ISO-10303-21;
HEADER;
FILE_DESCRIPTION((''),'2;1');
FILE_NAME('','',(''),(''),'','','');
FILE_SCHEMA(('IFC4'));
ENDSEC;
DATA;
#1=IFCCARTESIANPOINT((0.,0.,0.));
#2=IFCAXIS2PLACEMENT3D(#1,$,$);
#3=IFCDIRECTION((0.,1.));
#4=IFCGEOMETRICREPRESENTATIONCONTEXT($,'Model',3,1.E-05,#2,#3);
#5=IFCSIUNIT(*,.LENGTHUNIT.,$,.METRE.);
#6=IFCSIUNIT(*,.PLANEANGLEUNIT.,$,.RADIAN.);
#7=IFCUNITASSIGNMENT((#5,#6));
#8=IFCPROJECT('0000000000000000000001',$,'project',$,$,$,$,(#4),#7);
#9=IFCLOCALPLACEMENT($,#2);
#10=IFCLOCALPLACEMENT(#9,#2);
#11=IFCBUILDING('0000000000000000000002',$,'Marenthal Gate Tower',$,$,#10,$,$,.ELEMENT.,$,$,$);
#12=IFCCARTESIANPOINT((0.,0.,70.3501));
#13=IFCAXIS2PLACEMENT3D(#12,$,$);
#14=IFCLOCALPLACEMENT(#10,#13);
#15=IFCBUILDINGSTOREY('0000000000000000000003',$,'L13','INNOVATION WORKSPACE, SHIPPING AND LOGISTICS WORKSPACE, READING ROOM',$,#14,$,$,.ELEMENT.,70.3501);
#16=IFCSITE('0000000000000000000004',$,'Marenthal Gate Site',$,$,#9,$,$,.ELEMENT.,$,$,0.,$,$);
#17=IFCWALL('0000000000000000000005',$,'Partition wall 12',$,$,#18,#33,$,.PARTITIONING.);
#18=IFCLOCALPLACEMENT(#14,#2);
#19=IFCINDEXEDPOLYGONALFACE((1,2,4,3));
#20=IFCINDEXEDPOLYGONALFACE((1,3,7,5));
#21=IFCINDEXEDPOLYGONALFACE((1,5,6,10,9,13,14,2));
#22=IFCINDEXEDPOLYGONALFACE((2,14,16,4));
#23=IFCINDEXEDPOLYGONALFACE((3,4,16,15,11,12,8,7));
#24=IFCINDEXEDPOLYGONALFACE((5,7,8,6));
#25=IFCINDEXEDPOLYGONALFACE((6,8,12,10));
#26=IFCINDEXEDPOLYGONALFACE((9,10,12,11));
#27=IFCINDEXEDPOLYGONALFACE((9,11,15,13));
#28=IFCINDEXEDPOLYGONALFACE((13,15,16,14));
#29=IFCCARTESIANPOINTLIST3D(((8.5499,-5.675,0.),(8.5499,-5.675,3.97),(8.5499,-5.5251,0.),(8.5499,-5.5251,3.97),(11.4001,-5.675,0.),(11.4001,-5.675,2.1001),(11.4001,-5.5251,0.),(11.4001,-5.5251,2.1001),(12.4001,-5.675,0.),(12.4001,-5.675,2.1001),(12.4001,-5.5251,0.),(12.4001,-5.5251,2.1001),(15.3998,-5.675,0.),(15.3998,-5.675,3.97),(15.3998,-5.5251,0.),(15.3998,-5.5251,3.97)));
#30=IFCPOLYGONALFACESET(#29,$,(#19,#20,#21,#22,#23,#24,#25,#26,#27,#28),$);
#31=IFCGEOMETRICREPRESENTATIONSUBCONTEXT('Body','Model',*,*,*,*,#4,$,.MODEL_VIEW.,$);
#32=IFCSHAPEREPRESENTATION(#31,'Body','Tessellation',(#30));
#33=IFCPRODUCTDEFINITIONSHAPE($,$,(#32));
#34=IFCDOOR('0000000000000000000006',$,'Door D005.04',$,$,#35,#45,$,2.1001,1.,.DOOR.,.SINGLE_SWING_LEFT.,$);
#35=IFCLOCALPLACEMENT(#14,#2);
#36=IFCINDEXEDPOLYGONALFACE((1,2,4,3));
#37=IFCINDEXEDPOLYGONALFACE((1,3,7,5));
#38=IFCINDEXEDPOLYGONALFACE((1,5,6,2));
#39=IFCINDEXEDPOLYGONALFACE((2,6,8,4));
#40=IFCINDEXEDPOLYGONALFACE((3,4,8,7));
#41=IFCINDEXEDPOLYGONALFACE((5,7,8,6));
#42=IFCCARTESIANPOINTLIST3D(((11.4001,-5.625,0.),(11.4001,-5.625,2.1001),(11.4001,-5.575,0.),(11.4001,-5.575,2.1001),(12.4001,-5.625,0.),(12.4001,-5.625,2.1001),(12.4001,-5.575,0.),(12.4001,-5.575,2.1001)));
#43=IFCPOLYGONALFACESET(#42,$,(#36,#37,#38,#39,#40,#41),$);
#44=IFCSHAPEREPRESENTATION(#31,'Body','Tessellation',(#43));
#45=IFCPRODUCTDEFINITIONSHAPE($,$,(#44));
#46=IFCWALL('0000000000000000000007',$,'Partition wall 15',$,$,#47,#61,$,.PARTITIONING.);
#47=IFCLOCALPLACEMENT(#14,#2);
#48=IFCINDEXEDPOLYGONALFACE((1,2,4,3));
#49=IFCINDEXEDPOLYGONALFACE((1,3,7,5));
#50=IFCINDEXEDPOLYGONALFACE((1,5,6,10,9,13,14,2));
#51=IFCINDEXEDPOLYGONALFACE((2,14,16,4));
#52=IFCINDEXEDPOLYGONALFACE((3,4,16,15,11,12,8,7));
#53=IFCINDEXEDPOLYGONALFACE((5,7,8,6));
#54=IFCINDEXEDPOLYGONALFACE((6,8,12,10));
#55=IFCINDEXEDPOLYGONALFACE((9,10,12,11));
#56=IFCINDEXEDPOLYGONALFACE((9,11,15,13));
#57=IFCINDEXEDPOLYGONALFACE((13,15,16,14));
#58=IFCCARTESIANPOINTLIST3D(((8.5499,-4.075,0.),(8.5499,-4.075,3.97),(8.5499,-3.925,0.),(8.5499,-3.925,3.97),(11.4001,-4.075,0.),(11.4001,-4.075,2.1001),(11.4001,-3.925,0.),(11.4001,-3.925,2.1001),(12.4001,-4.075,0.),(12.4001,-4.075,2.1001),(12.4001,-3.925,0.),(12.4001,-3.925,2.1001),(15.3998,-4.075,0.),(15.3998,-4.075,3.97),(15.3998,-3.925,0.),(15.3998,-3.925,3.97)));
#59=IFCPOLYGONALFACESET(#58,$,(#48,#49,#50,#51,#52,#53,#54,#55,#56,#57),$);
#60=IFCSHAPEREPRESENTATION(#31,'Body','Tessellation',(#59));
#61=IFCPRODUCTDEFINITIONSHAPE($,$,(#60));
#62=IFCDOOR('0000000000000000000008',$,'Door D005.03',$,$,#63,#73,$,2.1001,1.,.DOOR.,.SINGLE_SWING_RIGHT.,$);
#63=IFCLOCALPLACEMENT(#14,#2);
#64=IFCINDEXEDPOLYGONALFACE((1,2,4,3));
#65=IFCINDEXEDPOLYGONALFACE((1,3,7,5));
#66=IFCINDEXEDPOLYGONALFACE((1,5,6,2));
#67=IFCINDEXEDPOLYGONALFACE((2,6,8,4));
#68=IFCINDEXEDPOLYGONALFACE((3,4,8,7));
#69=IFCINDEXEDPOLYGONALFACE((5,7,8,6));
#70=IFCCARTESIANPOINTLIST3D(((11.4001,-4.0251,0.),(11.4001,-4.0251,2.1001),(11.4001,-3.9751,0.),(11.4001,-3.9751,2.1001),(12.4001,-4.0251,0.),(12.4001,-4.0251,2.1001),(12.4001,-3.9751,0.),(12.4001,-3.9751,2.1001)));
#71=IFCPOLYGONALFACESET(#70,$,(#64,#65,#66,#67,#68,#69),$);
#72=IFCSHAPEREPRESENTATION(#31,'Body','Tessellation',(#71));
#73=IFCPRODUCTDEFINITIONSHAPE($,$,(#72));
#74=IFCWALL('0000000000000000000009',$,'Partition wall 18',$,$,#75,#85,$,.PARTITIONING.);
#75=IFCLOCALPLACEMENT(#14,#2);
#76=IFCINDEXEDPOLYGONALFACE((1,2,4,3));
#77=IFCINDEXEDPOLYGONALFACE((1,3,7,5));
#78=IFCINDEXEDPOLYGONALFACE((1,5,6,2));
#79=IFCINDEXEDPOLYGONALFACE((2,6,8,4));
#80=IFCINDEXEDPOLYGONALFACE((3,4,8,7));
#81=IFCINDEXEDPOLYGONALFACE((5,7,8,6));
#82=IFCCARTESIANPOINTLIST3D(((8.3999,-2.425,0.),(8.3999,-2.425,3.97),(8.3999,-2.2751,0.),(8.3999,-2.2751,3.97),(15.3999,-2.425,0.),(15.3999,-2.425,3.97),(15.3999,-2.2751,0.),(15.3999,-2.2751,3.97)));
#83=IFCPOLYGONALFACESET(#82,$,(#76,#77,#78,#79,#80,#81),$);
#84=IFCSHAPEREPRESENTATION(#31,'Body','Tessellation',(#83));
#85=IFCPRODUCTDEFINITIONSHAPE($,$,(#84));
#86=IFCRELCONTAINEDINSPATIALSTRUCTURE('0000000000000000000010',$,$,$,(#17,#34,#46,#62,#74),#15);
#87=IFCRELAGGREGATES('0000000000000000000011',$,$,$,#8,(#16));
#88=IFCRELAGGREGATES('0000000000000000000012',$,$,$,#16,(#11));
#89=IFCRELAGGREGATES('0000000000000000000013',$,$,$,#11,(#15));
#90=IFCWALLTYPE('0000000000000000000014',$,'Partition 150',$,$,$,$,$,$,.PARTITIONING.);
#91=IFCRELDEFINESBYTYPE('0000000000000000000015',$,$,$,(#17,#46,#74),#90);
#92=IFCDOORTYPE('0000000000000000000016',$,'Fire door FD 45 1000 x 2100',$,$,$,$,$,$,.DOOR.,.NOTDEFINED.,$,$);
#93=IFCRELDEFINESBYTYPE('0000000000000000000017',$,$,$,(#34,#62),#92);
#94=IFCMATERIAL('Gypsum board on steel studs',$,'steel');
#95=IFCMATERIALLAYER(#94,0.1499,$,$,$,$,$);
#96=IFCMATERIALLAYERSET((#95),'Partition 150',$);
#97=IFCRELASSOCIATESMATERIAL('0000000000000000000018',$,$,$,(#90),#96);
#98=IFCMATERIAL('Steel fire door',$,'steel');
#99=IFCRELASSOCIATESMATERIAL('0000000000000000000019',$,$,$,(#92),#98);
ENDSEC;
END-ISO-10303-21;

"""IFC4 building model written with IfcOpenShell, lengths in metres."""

from ifc_helpers import new_model, si_unit, direction, frame, frame_2d, origin, place, context, subcontext, project, spatial, rectangle, extrude, material, layer, layer_set, type_object, element, fill, save


model = new_model("IFC4")

# Units and contexts
model_context = context("Model", 3, precision=1e-05, world=origin(), true_north=direction((0.0, 1.0)))
body_context = subcontext(model_context, "Body", "Model", "MODEL_VIEW")
ifc_project = project(units=[si_unit("LENGTHUNIT", "METRE"), si_unit("PLANEANGLEUNIT", "RADIAN")], contexts=[model_context])

# Site, building, storey
site_placement = place(None, origin())
site = spatial("IfcSite", under=ifc_project, at=site_placement, Name="Marenthal Gate Site", CompositionType="ELEMENT", RefElevation=0.0)
building_placement = place(site_placement, origin())
building = spatial("IfcBuilding", under=site, at=building_placement, Name="Marenthal Gate Tower", CompositionType="ELEMENT")
storey_placement = place(building_placement, frame((0.0, 0.0, 70.3501)))
storey = spatial("IfcBuildingStorey", under=building, at=storey_placement, Name="L13", Description="INNOVATION WORKSPACE, SHIPPING AND LOGISTICS WORKSPACE, READING ROOM", CompositionType="ELEMENT", Elevation=70.3501)

# Walls, openings, doors
ifc_material_1 = material(Name="Gypsum board on steel studs", Category="steel")
ifc_layer_1 = layer(ifc_material_1, 0.1499)
ifc_layer_set_1 = layer_set([ifc_layer_1], Name="Partition 150")
wall_type_1 = type_object("IfcWallType", Name="Partition 150", PredefinedType="PARTITIONING", material=ifc_layer_set_1)
wall_1_placement = place(storey_placement, frame((8.55, -5.6001, 0.0), z_axis=(0.0, 0.0, 1.0), x_axis=(1.0, 0.0, 0.0)))
wall_1 = element("IfcWall", 1, at=wall_1_placement, inside=storey, type_object=wall_type_1, Name="Partition wall 12", PredefinedType="PARTITIONING", context=body_context, shape_type="SweptSolid", body=[
    extrude(rectangle(XDim=6.8499, YDim=0.1499, at=frame_2d((3.4248, 0.0))), origin(), (0.0, 0.0, 1.0), 3.97),
])
opening_1_placement = place(wall_1_placement, frame((2.8501, 0.0, 0.0)))
opening_1 = element("IfcOpeningElement", 2, at=opening_1_placement, cuts=wall_1, PredefinedType="OPENING", context=body_context, shape_type="SweptSolid", body=[
    extrude(rectangle(XDim=1.0, YDim=2.1001, at=frame_2d((0.5, 1.05))), frame((0.0, 0.085, 0.0), z_axis=(0.0, -1.0, 0.0), x_axis=(1.0, 0.0, 0.0)), (0.0, 0.0, 1.0), 0.1699),
])
ifc_material_2 = material(Name="Steel fire door", Category="steel")
door_type = type_object("IfcDoorType", Name="Fire door FD 45 1000 x 2100", OperationType="NOTDEFINED", PredefinedType="DOOR", material=ifc_material_2)
door_1_placement = place(opening_1_placement, frame((1.0, 0.0, 0.0), z_axis=(0.0, 0.0, 1.0), x_axis=(-1.0, 0.0, 0.0)))
door_1 = element("IfcDoor", 3, at=door_1_placement, inside=storey, type_object=door_type, Name="Door D005.04", OperationType="SINGLE_SWING_LEFT", OverallHeight=2.1001, OverallWidth=1.0, PredefinedType="DOOR", context=body_context, shape_type="SweptSolid", body=[
    extrude(rectangle(XDim=1.0, YDim=2.1001, at=frame_2d((0.5, 1.05))), frame((0.0, 0.0249, 0.0), z_axis=(0.0, -1.0, 0.0), x_axis=(1.0, 0.0, 0.0)), (0.0, 0.0, 1.0), 0.05),
])
fill(opening_1, door_1)
wall_2_placement = place(storey_placement, frame((8.55, -4.0, 0.0), z_axis=(0.0, 0.0, 1.0), x_axis=(1.0, 0.0, 0.0)))
wall_2 = element("IfcWall", 4, at=wall_2_placement, inside=storey, type_object=wall_type_1, Name="Partition wall 15", PredefinedType="PARTITIONING", context=body_context, shape_type="SweptSolid", body=[
    extrude(rectangle(XDim=6.8499, YDim=0.1499, at=frame_2d((3.4248, 0.0))), origin(), (0.0, 0.0, 1.0), 3.97),
])
opening_2_placement = place(wall_2_placement, frame((2.8501, 0.0, 0.0)))
opening_2 = element("IfcOpeningElement", 5, at=opening_2_placement, cuts=wall_2, PredefinedType="OPENING", context=body_context, shape_type="SweptSolid", body=[
    extrude(rectangle(XDim=1.0, YDim=2.1001, at=frame_2d((0.5, 1.05))), frame((0.0, 0.085, 0.0), z_axis=(0.0, -1.0, 0.0), x_axis=(1.0, 0.0, 0.0)), (0.0, 0.0, 1.0), 0.1699),
])
door_2_placement = place(opening_2_placement, origin())
door_2 = element("IfcDoor", 6, at=door_2_placement, inside=storey, type_object=door_type, Name="Door D005.03", OperationType="SINGLE_SWING_RIGHT", OverallHeight=2.1001, OverallWidth=1.0, PredefinedType="DOOR", context=body_context, shape_type="SweptSolid", body=[
    extrude(rectangle(XDim=1.0, YDim=2.1001, at=frame_2d((0.5, 1.05))), frame((0.0, 0.0249, 0.0), z_axis=(0.0, -1.0, 0.0), x_axis=(1.0, 0.0, 0.0)), (0.0, 0.0, 1.0), 0.05),
])
fill(opening_2, door_2)

# Wall
wall_3_placement = place(storey_placement, frame((8.3999, -2.3501, 0.0), z_axis=(0.0, 0.0, 1.0), x_axis=(1.0, 0.0, 0.0)))
element("IfcWall", 7, at=wall_3_placement, inside=storey, type_object=wall_type_1, Name="Partition wall 18", PredefinedType="PARTITIONING", context=body_context, shape_type="SweptSolid", body=[
    extrude(rectangle(XDim=7.0, YDim=0.1499, at=frame_2d((3.5, 0.0))), origin(), (0.0, 0.0, 1.0), 3.97),
])

save(model, "model.ifc")
